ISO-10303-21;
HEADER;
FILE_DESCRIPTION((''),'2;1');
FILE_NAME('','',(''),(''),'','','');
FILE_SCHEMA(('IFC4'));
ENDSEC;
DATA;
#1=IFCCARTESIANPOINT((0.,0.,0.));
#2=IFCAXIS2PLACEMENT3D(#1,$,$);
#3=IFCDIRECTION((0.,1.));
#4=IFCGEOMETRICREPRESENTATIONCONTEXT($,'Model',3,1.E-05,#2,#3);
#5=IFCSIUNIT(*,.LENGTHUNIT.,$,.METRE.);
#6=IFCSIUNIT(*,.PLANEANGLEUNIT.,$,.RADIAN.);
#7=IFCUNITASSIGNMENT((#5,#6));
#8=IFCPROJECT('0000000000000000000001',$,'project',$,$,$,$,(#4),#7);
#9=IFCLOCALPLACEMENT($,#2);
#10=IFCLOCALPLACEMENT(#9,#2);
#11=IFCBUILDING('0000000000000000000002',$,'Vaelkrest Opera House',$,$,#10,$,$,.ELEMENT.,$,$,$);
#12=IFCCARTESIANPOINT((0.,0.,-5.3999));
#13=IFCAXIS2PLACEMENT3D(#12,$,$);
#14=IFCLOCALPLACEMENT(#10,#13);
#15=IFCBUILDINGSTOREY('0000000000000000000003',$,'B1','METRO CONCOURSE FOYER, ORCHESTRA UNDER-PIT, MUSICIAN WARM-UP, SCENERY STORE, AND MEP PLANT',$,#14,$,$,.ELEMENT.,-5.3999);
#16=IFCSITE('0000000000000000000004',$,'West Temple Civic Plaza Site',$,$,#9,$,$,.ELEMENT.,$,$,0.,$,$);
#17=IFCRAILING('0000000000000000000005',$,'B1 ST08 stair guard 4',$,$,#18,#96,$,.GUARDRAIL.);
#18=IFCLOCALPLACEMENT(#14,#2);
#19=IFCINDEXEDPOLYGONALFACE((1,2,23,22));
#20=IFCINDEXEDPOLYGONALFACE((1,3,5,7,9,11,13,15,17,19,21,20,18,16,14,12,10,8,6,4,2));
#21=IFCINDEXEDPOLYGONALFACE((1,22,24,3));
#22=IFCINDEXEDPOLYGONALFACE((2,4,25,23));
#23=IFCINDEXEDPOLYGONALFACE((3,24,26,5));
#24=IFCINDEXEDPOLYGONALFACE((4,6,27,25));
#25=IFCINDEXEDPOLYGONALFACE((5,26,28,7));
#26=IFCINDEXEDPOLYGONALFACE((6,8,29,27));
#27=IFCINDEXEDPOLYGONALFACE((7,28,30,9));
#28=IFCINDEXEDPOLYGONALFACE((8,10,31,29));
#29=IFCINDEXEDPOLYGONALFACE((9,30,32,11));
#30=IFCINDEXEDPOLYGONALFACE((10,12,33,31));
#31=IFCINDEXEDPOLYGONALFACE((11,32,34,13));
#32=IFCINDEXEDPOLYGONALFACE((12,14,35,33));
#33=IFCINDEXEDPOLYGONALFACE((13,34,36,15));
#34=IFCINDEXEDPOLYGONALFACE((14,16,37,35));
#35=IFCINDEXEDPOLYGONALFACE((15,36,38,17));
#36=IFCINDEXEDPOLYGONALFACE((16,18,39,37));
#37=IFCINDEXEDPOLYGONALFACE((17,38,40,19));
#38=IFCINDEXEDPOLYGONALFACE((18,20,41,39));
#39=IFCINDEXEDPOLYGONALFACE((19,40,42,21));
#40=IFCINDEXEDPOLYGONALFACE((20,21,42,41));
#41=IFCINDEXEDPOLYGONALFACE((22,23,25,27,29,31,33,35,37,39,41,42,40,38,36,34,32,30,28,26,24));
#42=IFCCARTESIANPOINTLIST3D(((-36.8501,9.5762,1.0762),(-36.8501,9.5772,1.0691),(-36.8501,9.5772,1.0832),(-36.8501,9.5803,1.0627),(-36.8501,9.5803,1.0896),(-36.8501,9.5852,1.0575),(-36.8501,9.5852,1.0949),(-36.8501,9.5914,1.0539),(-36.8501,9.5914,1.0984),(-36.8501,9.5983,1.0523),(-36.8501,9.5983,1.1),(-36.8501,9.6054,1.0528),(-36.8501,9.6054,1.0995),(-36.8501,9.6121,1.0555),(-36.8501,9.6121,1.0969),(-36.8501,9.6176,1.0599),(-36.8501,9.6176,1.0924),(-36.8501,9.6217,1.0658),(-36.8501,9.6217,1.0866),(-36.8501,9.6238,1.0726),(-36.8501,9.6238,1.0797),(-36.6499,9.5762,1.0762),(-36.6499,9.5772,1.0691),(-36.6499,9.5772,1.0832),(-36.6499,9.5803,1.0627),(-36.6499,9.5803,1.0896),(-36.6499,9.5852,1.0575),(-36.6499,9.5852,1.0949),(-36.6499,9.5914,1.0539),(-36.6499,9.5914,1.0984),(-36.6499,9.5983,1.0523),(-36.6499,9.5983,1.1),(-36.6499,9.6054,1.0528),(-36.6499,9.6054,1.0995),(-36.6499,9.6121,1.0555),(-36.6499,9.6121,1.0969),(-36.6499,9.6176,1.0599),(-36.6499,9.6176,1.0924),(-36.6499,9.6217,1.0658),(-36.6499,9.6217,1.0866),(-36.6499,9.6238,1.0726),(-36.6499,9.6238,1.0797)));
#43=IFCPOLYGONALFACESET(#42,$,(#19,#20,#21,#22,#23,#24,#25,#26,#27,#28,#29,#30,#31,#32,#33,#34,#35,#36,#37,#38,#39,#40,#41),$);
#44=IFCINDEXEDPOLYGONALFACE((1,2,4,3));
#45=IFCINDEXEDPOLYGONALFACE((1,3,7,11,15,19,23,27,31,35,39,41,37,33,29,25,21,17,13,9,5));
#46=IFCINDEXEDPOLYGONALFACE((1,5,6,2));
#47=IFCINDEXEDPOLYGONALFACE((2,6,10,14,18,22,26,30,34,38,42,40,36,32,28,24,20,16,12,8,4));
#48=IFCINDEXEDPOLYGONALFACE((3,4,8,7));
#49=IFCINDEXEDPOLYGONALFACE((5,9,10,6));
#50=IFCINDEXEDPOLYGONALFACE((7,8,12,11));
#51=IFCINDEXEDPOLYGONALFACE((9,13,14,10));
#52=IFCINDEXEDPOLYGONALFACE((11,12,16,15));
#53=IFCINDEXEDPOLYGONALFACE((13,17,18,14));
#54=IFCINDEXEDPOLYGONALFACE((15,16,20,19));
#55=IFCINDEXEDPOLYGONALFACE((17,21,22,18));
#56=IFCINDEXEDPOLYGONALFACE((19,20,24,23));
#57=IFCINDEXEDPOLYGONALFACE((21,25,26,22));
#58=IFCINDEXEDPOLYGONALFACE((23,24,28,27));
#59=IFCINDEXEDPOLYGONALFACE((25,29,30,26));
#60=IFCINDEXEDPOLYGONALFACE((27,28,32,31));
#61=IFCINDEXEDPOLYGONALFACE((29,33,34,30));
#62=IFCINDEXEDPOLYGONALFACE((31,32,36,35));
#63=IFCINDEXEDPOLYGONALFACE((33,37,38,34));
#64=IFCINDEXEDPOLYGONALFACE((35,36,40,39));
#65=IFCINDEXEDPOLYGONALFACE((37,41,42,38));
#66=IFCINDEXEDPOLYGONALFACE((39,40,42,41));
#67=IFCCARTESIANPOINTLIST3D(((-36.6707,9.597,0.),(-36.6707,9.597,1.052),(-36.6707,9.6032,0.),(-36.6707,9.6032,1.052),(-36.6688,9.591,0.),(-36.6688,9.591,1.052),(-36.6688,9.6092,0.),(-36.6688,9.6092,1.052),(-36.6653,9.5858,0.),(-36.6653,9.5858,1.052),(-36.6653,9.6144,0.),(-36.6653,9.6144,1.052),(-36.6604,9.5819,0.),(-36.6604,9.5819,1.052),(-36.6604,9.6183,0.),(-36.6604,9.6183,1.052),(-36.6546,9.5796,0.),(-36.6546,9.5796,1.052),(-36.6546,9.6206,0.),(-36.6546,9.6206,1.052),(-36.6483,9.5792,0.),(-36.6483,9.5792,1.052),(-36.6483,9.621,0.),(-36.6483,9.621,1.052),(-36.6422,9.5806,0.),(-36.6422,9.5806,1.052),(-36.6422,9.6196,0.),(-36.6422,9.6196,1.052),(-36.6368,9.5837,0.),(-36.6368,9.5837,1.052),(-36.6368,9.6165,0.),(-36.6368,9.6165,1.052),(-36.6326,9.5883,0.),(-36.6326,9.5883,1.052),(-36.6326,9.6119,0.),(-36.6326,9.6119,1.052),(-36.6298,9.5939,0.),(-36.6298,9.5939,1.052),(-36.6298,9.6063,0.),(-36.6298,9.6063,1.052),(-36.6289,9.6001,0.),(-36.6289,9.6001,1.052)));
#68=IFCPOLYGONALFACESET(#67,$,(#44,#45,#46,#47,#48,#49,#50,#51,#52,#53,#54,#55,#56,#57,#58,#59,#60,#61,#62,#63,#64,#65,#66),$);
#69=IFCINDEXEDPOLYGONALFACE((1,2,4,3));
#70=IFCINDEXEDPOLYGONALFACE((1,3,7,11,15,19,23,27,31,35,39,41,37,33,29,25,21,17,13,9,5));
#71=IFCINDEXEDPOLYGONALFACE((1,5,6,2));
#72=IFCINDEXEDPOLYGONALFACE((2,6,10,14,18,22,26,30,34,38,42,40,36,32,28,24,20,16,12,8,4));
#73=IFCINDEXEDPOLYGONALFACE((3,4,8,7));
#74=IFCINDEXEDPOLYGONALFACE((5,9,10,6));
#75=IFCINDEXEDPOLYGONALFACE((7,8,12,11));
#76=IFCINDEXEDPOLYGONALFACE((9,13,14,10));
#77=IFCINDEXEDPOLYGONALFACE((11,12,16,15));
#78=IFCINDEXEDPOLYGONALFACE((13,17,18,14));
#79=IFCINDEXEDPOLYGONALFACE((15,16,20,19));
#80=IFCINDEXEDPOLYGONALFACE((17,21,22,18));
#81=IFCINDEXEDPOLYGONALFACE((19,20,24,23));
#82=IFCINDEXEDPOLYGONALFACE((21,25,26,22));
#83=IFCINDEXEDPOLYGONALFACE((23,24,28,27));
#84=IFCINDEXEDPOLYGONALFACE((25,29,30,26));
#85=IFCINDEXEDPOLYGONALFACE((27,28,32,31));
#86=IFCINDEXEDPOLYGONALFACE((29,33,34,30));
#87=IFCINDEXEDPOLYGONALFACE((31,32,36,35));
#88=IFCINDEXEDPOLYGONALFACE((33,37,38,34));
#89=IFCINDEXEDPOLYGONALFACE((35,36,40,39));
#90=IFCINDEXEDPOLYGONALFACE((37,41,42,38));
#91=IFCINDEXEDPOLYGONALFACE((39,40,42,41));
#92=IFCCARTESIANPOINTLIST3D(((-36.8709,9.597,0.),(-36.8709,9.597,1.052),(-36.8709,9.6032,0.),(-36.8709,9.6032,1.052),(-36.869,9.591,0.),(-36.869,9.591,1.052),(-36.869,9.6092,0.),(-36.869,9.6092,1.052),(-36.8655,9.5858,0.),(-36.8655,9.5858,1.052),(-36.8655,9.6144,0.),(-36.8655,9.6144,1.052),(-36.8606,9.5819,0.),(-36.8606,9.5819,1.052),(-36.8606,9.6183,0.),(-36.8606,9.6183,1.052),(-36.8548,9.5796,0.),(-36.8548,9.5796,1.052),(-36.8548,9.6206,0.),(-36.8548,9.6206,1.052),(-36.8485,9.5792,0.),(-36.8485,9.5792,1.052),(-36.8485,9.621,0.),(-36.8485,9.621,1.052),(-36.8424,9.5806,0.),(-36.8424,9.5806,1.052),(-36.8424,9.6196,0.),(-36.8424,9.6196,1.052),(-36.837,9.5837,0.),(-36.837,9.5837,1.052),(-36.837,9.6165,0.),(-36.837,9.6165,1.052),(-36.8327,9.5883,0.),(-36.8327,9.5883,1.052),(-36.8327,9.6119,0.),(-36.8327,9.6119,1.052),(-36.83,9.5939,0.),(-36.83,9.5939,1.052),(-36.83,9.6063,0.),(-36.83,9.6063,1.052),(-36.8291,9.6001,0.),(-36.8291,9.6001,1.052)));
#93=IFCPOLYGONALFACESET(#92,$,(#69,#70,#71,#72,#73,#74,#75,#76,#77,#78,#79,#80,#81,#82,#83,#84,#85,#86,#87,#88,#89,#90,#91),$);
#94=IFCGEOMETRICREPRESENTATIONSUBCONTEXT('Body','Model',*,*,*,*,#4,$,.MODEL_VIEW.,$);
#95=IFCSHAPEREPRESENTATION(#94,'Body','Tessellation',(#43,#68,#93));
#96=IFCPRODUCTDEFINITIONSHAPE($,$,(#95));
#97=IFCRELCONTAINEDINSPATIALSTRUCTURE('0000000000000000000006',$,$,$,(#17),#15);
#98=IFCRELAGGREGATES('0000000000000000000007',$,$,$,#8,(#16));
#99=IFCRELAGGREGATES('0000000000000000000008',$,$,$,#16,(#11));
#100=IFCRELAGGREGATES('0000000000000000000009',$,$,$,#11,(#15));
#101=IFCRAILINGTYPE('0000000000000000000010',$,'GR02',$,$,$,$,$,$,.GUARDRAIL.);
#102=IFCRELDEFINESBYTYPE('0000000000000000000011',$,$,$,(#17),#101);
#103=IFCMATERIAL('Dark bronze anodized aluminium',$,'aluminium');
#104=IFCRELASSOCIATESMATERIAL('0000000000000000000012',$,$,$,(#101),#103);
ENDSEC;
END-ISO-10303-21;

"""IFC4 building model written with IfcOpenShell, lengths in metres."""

from ifc_helpers import new_model, si_unit, direction, frame, origin, origin_2d, place, context, subcontext, project, spatial, circle, extrude, material, type_object, element, save


model = new_model("IFC4")

# Units and contexts
model_context = context("Model", 3, precision=1e-05, world=origin(), true_north=direction((0.0, 1.0)))
body_context = subcontext(model_context, "Body", "Model", "MODEL_VIEW")
ifc_project = project(units=[si_unit("LENGTHUNIT", "METRE"), si_unit("PLANEANGLEUNIT", "RADIAN")], contexts=[model_context])

# Site, building, storey
site_placement = place(None, origin())
site = spatial("IfcSite", under=ifc_project, at=site_placement, Name="West Temple Civic Plaza Site", CompositionType="ELEMENT", RefElevation=0.0)
building_placement = place(site_placement, origin())
building = spatial("IfcBuilding", under=site, at=building_placement, Name="Vaelkrest Opera House", CompositionType="ELEMENT")
storey_placement = place(building_placement, frame((0.0, 0.0, -5.3999)))
storey = spatial("IfcBuildingStorey", under=building, at=storey_placement, Name="B1", Description="METRO CONCOURSE FOYER, ORCHESTRA UNDER-PIT, MUSICIAN WARM-UP, SCENERY STORE, AND MEP PLANT", CompositionType="ELEMENT", Elevation=-5.3999)

# Railing
ifc_material_1 = material(Name="Dark bronze anodized aluminium", Category="aluminium")
railing_type_1 = type_object("IfcRailingType", Name="GR02", PredefinedType="GUARDRAIL", material=ifc_material_1)
railing_1_placement = place(storey_placement, frame((-36.6499, 9.6001, 0.0)))
element("IfcRailing", 1, at=railing_1_placement, inside=storey, type_object=railing_type_1, Name="B1 ST08 stair guard 4", PredefinedType="GUARDRAIL", context=body_context, shape_type="SweptSolid", body=[
    extrude(circle(Radius=0.0239, at=origin_2d()), frame((0.0, 0.0, 1.0762), z_axis=(-1.0, 0.0, 0.0), x_axis=(0.0, -1.0, 0.0)), (0.0, 0.0, 1.0), 0.2002),
    extrude(circle(Radius=0.021, at=origin_2d()), origin(), (0.0, 0.0, 1.0), 1.052),
    extrude(circle(Radius=0.021, at=origin_2d()), frame((-0.2002, 0.0, 0.0)), (0.0, 0.0, 1.0), 1.052),
])

save(model, "model.ifc")
